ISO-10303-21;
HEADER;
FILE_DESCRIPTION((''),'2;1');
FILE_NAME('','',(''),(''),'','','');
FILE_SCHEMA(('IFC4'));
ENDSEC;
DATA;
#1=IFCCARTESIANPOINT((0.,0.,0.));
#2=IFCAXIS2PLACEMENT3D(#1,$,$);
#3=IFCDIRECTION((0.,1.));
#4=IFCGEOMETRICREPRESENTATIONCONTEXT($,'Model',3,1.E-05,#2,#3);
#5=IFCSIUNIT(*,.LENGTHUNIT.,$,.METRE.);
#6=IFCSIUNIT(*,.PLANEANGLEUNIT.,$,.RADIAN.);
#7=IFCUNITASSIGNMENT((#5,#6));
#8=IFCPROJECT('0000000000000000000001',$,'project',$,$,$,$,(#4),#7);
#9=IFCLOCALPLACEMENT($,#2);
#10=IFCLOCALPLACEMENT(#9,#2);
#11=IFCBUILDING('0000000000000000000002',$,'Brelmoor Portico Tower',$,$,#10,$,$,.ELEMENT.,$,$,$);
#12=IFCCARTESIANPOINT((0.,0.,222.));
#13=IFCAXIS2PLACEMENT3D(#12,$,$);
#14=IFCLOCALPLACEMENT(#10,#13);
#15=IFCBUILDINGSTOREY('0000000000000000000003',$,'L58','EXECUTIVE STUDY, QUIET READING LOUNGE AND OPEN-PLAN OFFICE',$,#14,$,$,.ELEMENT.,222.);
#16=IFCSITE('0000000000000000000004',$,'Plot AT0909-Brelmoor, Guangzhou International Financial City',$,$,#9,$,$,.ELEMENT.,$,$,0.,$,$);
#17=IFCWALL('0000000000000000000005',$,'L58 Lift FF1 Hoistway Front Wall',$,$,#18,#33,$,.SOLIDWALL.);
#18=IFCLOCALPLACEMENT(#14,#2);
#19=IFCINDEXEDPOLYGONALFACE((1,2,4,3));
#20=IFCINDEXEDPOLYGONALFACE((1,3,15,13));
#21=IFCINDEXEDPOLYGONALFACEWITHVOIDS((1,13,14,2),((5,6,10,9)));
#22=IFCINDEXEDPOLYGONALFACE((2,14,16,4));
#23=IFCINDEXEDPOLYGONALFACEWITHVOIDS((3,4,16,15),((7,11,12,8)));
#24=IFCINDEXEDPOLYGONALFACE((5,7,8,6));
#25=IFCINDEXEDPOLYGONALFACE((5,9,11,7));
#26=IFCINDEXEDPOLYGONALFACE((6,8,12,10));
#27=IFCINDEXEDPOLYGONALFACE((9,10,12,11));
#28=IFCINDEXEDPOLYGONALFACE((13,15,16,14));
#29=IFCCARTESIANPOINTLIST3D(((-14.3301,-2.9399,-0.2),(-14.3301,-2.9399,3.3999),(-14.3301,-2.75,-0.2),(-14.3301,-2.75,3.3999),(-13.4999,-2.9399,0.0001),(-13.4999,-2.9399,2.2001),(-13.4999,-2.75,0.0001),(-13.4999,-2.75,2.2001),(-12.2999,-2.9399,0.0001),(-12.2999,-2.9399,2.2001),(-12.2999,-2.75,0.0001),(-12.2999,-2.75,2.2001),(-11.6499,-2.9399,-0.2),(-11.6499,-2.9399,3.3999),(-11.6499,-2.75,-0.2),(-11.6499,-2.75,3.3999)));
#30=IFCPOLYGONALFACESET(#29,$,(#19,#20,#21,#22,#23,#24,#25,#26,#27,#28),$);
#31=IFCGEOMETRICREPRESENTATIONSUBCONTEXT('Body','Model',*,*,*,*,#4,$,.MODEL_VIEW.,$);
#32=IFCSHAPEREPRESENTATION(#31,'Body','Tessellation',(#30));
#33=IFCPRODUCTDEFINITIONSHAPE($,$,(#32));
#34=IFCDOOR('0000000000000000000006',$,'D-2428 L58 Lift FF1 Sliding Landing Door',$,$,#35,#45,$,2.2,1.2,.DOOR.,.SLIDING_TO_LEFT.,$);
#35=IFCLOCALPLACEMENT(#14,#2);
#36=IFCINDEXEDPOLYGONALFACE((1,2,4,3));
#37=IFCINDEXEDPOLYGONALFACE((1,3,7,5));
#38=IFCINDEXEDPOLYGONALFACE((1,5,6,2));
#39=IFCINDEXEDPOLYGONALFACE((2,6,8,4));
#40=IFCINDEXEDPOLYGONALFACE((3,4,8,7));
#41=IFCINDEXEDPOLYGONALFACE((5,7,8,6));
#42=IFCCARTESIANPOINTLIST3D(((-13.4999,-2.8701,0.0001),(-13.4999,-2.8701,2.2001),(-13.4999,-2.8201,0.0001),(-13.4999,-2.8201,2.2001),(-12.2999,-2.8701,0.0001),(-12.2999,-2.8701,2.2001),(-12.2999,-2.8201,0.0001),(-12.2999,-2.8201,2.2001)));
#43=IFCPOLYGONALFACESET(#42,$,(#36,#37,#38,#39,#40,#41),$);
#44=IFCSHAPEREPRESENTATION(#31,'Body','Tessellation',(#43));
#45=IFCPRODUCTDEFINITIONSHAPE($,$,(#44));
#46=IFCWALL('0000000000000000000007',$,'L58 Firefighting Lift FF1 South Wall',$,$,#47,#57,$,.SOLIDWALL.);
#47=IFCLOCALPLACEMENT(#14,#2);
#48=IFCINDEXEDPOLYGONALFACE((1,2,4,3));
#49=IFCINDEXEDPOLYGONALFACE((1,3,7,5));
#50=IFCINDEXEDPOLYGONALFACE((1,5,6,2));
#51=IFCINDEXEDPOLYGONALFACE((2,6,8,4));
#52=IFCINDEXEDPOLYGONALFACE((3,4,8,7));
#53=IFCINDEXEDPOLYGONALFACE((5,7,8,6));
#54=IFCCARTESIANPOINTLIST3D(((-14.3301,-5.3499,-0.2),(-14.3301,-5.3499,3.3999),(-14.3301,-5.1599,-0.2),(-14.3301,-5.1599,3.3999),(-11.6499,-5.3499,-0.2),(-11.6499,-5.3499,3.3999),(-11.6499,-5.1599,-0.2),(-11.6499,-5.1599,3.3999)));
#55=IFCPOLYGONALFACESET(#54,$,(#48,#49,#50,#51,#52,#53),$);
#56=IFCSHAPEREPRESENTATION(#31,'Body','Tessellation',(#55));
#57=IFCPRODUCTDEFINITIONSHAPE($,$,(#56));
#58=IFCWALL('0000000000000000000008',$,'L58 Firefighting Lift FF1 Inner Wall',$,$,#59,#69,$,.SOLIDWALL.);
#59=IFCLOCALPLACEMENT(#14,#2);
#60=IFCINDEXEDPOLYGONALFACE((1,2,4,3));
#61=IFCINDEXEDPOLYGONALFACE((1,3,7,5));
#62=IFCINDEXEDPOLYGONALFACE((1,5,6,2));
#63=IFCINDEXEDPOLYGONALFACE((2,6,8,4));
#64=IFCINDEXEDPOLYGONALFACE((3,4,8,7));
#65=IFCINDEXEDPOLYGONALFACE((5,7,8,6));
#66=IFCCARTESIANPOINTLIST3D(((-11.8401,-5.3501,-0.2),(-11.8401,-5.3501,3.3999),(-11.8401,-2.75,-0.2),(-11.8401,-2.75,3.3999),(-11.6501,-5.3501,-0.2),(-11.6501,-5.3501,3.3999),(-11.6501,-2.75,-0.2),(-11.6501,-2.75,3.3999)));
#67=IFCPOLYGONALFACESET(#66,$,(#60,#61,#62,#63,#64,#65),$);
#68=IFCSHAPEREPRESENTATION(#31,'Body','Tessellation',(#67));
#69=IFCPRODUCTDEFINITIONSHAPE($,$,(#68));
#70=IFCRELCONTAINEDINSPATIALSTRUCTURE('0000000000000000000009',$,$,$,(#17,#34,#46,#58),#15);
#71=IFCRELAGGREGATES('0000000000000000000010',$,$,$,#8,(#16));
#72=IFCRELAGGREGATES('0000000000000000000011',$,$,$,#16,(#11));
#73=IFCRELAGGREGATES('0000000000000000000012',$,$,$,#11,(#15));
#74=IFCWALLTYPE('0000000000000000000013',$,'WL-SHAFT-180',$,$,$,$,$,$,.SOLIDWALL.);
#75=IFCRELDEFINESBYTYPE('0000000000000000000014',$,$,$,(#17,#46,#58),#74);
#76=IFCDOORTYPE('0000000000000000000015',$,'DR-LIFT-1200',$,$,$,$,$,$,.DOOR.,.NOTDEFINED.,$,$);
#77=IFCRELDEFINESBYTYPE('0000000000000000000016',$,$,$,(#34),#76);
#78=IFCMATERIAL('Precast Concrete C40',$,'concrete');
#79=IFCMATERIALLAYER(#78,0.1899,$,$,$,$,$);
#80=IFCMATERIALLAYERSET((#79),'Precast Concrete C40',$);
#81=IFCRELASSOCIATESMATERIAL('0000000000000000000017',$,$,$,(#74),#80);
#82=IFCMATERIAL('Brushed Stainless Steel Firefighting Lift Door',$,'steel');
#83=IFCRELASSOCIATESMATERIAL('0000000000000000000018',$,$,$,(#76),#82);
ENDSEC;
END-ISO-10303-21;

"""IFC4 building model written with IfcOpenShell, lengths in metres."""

from ifc_helpers import new_model, si_unit, direction, frame, frame_2d, origin, place, context, subcontext, project, spatial, rectangle, extrude, material, layer, layer_set, type_object, element, fill, save


model = new_model("IFC4")

# Units and contexts
model_context = context("Model", 3, precision=1e-05, world=origin(), true_north=direction((0.0, 1.0)))
body_context = subcontext(model_context, "Body", "Model", "MODEL_VIEW")
ifc_project = project(units=[si_unit("LENGTHUNIT", "METRE"), si_unit("PLANEANGLEUNIT", "RADIAN")], contexts=[model_context])

# Site, building, storey
site_placement = place(None, origin())
site = spatial("IfcSite", under=ifc_project, at=site_placement, Name="Plot AT0909-Brelmoor, Guangzhou International Financial City", CompositionType="ELEMENT", RefElevation=0.0)
building_placement = place(site_placement, origin())
building = spatial("IfcBuilding", under=site, at=building_placement, Name="Brelmoor Portico Tower", CompositionType="ELEMENT")
storey_placement = place(building_placement, frame((0.0, 0.0, 222.0)))
storey = spatial("IfcBuildingStorey", under=building, at=storey_placement, Name="L58", Description="EXECUTIVE STUDY, QUIET READING LOUNGE AND OPEN-PLAN OFFICE", CompositionType="ELEMENT", Elevation=222.0)

# Wall, opening, door
ifc_material_1 = material(Name="Precast Concrete C40", Category="concrete")
ifc_layer_1 = layer(ifc_material_1, 0.1899)
ifc_layer_set_1 = layer_set([ifc_layer_1], Name="Precast Concrete C40")
wall_type_1 = type_object("IfcWallType", Name="WL-SHAFT-180", PredefinedType="SOLIDWALL", material=ifc_layer_set_1)
wall_1_placement = place(storey_placement, frame((-14.3301, -2.845, -0.2), z_axis=(0.0, 0.0, 1.0), x_axis=(1.0, 0.0, 0.0)))
wall_1 = element("IfcWall", 1, at=wall_1_placement, inside=storey, type_object=wall_type_1, Name="L58 Lift FF1 Hoistway Front Wall", PredefinedType="SOLIDWALL", context=body_context, shape_type="SweptSolid", body=[
    extrude(rectangle(XDim=2.6802, YDim=0.1899, at=frame_2d((1.3401, 0.0))), origin(), (0.0, 0.0, 1.0), 3.5999),
])
opening_1_placement = place(wall_1_placement, frame((0.8301, 0.0, 0.2)))
opening_1 = element("IfcOpeningElement", 2, at=opening_1_placement, cuts=wall_1, PredefinedType="OPENING", context=body_context, shape_type="SweptSolid", body=[
    extrude(rectangle(XDim=1.2, YDim=2.2, at=frame_2d((0.6001, 1.1001))), frame((0.0, 0.105, 0.0), z_axis=(0.0, -1.0, 0.0), x_axis=(1.0, 0.0, 0.0)), (0.0, 0.0, 1.0), 0.21),
])
ifc_material_2 = material(Name="Brushed Stainless Steel Firefighting Lift Door", Category="steel")
door_type_1 = type_object("IfcDoorType", Name="DR-LIFT-1200", OperationType="NOTDEFINED", PredefinedType="DOOR", material=ifc_material_2)
door_1_placement = place(opening_1_placement, origin())
door_1 = element("IfcDoor", 3, at=door_1_placement, inside=storey, type_object=door_type_1, Name="D-2428 L58 Lift FF1 Sliding Landing Door", OperationType="SLIDING_TO_LEFT", OverallHeight=2.2, OverallWidth=1.2, PredefinedType="DOOR", context=body_context, shape_type="SweptSolid", body=[
    extrude(rectangle(XDim=1.2, YDim=2.2, at=frame_2d((0.6001, 1.1001))), frame((0.0, 0.0249, 0.0), z_axis=(0.0, -1.0, 0.0), x_axis=(1.0, 0.0, 0.0)), (0.0, 0.0, 1.0), 0.05),
])
fill(opening_1, door_1)

# Walls
wall_2_placement = place(storey_placement, frame((-14.3301, -5.2549, -0.2), z_axis=(0.0, 0.0, 1.0), x_axis=(1.0, 0.0, 0.0)))
element("IfcWall", 4, at=wall_2_placement, inside=storey, type_object=wall_type_1, Name="L58 Firefighting Lift FF1 South Wall", PredefinedType="SOLIDWALL", context=body_context, shape_type="SweptSolid", body=[
    extrude(rectangle(XDim=2.6802, YDim=0.1899, at=frame_2d((1.3401, 0.0))), origin(), (0.0, 0.0, 1.0), 3.5999),
])
wall_3_placement = place(storey_placement, frame((-11.7451, -5.3501, -0.2), z_axis=(0.0, 0.0, 1.0), x_axis=(0.0, 1.0, 0.0)))
element("IfcWall", 5, at=wall_3_placement, inside=storey, type_object=wall_type_1, Name="L58 Firefighting Lift FF1 Inner Wall", PredefinedType="SOLIDWALL", context=body_context, shape_type="SweptSolid", body=[
    extrude(rectangle(XDim=2.6001, YDim=0.1899, at=frame_2d((1.3, 0.0))), origin(), (0.0, 0.0, 1.0), 3.5999),
])

save(model, "model.ifc")
